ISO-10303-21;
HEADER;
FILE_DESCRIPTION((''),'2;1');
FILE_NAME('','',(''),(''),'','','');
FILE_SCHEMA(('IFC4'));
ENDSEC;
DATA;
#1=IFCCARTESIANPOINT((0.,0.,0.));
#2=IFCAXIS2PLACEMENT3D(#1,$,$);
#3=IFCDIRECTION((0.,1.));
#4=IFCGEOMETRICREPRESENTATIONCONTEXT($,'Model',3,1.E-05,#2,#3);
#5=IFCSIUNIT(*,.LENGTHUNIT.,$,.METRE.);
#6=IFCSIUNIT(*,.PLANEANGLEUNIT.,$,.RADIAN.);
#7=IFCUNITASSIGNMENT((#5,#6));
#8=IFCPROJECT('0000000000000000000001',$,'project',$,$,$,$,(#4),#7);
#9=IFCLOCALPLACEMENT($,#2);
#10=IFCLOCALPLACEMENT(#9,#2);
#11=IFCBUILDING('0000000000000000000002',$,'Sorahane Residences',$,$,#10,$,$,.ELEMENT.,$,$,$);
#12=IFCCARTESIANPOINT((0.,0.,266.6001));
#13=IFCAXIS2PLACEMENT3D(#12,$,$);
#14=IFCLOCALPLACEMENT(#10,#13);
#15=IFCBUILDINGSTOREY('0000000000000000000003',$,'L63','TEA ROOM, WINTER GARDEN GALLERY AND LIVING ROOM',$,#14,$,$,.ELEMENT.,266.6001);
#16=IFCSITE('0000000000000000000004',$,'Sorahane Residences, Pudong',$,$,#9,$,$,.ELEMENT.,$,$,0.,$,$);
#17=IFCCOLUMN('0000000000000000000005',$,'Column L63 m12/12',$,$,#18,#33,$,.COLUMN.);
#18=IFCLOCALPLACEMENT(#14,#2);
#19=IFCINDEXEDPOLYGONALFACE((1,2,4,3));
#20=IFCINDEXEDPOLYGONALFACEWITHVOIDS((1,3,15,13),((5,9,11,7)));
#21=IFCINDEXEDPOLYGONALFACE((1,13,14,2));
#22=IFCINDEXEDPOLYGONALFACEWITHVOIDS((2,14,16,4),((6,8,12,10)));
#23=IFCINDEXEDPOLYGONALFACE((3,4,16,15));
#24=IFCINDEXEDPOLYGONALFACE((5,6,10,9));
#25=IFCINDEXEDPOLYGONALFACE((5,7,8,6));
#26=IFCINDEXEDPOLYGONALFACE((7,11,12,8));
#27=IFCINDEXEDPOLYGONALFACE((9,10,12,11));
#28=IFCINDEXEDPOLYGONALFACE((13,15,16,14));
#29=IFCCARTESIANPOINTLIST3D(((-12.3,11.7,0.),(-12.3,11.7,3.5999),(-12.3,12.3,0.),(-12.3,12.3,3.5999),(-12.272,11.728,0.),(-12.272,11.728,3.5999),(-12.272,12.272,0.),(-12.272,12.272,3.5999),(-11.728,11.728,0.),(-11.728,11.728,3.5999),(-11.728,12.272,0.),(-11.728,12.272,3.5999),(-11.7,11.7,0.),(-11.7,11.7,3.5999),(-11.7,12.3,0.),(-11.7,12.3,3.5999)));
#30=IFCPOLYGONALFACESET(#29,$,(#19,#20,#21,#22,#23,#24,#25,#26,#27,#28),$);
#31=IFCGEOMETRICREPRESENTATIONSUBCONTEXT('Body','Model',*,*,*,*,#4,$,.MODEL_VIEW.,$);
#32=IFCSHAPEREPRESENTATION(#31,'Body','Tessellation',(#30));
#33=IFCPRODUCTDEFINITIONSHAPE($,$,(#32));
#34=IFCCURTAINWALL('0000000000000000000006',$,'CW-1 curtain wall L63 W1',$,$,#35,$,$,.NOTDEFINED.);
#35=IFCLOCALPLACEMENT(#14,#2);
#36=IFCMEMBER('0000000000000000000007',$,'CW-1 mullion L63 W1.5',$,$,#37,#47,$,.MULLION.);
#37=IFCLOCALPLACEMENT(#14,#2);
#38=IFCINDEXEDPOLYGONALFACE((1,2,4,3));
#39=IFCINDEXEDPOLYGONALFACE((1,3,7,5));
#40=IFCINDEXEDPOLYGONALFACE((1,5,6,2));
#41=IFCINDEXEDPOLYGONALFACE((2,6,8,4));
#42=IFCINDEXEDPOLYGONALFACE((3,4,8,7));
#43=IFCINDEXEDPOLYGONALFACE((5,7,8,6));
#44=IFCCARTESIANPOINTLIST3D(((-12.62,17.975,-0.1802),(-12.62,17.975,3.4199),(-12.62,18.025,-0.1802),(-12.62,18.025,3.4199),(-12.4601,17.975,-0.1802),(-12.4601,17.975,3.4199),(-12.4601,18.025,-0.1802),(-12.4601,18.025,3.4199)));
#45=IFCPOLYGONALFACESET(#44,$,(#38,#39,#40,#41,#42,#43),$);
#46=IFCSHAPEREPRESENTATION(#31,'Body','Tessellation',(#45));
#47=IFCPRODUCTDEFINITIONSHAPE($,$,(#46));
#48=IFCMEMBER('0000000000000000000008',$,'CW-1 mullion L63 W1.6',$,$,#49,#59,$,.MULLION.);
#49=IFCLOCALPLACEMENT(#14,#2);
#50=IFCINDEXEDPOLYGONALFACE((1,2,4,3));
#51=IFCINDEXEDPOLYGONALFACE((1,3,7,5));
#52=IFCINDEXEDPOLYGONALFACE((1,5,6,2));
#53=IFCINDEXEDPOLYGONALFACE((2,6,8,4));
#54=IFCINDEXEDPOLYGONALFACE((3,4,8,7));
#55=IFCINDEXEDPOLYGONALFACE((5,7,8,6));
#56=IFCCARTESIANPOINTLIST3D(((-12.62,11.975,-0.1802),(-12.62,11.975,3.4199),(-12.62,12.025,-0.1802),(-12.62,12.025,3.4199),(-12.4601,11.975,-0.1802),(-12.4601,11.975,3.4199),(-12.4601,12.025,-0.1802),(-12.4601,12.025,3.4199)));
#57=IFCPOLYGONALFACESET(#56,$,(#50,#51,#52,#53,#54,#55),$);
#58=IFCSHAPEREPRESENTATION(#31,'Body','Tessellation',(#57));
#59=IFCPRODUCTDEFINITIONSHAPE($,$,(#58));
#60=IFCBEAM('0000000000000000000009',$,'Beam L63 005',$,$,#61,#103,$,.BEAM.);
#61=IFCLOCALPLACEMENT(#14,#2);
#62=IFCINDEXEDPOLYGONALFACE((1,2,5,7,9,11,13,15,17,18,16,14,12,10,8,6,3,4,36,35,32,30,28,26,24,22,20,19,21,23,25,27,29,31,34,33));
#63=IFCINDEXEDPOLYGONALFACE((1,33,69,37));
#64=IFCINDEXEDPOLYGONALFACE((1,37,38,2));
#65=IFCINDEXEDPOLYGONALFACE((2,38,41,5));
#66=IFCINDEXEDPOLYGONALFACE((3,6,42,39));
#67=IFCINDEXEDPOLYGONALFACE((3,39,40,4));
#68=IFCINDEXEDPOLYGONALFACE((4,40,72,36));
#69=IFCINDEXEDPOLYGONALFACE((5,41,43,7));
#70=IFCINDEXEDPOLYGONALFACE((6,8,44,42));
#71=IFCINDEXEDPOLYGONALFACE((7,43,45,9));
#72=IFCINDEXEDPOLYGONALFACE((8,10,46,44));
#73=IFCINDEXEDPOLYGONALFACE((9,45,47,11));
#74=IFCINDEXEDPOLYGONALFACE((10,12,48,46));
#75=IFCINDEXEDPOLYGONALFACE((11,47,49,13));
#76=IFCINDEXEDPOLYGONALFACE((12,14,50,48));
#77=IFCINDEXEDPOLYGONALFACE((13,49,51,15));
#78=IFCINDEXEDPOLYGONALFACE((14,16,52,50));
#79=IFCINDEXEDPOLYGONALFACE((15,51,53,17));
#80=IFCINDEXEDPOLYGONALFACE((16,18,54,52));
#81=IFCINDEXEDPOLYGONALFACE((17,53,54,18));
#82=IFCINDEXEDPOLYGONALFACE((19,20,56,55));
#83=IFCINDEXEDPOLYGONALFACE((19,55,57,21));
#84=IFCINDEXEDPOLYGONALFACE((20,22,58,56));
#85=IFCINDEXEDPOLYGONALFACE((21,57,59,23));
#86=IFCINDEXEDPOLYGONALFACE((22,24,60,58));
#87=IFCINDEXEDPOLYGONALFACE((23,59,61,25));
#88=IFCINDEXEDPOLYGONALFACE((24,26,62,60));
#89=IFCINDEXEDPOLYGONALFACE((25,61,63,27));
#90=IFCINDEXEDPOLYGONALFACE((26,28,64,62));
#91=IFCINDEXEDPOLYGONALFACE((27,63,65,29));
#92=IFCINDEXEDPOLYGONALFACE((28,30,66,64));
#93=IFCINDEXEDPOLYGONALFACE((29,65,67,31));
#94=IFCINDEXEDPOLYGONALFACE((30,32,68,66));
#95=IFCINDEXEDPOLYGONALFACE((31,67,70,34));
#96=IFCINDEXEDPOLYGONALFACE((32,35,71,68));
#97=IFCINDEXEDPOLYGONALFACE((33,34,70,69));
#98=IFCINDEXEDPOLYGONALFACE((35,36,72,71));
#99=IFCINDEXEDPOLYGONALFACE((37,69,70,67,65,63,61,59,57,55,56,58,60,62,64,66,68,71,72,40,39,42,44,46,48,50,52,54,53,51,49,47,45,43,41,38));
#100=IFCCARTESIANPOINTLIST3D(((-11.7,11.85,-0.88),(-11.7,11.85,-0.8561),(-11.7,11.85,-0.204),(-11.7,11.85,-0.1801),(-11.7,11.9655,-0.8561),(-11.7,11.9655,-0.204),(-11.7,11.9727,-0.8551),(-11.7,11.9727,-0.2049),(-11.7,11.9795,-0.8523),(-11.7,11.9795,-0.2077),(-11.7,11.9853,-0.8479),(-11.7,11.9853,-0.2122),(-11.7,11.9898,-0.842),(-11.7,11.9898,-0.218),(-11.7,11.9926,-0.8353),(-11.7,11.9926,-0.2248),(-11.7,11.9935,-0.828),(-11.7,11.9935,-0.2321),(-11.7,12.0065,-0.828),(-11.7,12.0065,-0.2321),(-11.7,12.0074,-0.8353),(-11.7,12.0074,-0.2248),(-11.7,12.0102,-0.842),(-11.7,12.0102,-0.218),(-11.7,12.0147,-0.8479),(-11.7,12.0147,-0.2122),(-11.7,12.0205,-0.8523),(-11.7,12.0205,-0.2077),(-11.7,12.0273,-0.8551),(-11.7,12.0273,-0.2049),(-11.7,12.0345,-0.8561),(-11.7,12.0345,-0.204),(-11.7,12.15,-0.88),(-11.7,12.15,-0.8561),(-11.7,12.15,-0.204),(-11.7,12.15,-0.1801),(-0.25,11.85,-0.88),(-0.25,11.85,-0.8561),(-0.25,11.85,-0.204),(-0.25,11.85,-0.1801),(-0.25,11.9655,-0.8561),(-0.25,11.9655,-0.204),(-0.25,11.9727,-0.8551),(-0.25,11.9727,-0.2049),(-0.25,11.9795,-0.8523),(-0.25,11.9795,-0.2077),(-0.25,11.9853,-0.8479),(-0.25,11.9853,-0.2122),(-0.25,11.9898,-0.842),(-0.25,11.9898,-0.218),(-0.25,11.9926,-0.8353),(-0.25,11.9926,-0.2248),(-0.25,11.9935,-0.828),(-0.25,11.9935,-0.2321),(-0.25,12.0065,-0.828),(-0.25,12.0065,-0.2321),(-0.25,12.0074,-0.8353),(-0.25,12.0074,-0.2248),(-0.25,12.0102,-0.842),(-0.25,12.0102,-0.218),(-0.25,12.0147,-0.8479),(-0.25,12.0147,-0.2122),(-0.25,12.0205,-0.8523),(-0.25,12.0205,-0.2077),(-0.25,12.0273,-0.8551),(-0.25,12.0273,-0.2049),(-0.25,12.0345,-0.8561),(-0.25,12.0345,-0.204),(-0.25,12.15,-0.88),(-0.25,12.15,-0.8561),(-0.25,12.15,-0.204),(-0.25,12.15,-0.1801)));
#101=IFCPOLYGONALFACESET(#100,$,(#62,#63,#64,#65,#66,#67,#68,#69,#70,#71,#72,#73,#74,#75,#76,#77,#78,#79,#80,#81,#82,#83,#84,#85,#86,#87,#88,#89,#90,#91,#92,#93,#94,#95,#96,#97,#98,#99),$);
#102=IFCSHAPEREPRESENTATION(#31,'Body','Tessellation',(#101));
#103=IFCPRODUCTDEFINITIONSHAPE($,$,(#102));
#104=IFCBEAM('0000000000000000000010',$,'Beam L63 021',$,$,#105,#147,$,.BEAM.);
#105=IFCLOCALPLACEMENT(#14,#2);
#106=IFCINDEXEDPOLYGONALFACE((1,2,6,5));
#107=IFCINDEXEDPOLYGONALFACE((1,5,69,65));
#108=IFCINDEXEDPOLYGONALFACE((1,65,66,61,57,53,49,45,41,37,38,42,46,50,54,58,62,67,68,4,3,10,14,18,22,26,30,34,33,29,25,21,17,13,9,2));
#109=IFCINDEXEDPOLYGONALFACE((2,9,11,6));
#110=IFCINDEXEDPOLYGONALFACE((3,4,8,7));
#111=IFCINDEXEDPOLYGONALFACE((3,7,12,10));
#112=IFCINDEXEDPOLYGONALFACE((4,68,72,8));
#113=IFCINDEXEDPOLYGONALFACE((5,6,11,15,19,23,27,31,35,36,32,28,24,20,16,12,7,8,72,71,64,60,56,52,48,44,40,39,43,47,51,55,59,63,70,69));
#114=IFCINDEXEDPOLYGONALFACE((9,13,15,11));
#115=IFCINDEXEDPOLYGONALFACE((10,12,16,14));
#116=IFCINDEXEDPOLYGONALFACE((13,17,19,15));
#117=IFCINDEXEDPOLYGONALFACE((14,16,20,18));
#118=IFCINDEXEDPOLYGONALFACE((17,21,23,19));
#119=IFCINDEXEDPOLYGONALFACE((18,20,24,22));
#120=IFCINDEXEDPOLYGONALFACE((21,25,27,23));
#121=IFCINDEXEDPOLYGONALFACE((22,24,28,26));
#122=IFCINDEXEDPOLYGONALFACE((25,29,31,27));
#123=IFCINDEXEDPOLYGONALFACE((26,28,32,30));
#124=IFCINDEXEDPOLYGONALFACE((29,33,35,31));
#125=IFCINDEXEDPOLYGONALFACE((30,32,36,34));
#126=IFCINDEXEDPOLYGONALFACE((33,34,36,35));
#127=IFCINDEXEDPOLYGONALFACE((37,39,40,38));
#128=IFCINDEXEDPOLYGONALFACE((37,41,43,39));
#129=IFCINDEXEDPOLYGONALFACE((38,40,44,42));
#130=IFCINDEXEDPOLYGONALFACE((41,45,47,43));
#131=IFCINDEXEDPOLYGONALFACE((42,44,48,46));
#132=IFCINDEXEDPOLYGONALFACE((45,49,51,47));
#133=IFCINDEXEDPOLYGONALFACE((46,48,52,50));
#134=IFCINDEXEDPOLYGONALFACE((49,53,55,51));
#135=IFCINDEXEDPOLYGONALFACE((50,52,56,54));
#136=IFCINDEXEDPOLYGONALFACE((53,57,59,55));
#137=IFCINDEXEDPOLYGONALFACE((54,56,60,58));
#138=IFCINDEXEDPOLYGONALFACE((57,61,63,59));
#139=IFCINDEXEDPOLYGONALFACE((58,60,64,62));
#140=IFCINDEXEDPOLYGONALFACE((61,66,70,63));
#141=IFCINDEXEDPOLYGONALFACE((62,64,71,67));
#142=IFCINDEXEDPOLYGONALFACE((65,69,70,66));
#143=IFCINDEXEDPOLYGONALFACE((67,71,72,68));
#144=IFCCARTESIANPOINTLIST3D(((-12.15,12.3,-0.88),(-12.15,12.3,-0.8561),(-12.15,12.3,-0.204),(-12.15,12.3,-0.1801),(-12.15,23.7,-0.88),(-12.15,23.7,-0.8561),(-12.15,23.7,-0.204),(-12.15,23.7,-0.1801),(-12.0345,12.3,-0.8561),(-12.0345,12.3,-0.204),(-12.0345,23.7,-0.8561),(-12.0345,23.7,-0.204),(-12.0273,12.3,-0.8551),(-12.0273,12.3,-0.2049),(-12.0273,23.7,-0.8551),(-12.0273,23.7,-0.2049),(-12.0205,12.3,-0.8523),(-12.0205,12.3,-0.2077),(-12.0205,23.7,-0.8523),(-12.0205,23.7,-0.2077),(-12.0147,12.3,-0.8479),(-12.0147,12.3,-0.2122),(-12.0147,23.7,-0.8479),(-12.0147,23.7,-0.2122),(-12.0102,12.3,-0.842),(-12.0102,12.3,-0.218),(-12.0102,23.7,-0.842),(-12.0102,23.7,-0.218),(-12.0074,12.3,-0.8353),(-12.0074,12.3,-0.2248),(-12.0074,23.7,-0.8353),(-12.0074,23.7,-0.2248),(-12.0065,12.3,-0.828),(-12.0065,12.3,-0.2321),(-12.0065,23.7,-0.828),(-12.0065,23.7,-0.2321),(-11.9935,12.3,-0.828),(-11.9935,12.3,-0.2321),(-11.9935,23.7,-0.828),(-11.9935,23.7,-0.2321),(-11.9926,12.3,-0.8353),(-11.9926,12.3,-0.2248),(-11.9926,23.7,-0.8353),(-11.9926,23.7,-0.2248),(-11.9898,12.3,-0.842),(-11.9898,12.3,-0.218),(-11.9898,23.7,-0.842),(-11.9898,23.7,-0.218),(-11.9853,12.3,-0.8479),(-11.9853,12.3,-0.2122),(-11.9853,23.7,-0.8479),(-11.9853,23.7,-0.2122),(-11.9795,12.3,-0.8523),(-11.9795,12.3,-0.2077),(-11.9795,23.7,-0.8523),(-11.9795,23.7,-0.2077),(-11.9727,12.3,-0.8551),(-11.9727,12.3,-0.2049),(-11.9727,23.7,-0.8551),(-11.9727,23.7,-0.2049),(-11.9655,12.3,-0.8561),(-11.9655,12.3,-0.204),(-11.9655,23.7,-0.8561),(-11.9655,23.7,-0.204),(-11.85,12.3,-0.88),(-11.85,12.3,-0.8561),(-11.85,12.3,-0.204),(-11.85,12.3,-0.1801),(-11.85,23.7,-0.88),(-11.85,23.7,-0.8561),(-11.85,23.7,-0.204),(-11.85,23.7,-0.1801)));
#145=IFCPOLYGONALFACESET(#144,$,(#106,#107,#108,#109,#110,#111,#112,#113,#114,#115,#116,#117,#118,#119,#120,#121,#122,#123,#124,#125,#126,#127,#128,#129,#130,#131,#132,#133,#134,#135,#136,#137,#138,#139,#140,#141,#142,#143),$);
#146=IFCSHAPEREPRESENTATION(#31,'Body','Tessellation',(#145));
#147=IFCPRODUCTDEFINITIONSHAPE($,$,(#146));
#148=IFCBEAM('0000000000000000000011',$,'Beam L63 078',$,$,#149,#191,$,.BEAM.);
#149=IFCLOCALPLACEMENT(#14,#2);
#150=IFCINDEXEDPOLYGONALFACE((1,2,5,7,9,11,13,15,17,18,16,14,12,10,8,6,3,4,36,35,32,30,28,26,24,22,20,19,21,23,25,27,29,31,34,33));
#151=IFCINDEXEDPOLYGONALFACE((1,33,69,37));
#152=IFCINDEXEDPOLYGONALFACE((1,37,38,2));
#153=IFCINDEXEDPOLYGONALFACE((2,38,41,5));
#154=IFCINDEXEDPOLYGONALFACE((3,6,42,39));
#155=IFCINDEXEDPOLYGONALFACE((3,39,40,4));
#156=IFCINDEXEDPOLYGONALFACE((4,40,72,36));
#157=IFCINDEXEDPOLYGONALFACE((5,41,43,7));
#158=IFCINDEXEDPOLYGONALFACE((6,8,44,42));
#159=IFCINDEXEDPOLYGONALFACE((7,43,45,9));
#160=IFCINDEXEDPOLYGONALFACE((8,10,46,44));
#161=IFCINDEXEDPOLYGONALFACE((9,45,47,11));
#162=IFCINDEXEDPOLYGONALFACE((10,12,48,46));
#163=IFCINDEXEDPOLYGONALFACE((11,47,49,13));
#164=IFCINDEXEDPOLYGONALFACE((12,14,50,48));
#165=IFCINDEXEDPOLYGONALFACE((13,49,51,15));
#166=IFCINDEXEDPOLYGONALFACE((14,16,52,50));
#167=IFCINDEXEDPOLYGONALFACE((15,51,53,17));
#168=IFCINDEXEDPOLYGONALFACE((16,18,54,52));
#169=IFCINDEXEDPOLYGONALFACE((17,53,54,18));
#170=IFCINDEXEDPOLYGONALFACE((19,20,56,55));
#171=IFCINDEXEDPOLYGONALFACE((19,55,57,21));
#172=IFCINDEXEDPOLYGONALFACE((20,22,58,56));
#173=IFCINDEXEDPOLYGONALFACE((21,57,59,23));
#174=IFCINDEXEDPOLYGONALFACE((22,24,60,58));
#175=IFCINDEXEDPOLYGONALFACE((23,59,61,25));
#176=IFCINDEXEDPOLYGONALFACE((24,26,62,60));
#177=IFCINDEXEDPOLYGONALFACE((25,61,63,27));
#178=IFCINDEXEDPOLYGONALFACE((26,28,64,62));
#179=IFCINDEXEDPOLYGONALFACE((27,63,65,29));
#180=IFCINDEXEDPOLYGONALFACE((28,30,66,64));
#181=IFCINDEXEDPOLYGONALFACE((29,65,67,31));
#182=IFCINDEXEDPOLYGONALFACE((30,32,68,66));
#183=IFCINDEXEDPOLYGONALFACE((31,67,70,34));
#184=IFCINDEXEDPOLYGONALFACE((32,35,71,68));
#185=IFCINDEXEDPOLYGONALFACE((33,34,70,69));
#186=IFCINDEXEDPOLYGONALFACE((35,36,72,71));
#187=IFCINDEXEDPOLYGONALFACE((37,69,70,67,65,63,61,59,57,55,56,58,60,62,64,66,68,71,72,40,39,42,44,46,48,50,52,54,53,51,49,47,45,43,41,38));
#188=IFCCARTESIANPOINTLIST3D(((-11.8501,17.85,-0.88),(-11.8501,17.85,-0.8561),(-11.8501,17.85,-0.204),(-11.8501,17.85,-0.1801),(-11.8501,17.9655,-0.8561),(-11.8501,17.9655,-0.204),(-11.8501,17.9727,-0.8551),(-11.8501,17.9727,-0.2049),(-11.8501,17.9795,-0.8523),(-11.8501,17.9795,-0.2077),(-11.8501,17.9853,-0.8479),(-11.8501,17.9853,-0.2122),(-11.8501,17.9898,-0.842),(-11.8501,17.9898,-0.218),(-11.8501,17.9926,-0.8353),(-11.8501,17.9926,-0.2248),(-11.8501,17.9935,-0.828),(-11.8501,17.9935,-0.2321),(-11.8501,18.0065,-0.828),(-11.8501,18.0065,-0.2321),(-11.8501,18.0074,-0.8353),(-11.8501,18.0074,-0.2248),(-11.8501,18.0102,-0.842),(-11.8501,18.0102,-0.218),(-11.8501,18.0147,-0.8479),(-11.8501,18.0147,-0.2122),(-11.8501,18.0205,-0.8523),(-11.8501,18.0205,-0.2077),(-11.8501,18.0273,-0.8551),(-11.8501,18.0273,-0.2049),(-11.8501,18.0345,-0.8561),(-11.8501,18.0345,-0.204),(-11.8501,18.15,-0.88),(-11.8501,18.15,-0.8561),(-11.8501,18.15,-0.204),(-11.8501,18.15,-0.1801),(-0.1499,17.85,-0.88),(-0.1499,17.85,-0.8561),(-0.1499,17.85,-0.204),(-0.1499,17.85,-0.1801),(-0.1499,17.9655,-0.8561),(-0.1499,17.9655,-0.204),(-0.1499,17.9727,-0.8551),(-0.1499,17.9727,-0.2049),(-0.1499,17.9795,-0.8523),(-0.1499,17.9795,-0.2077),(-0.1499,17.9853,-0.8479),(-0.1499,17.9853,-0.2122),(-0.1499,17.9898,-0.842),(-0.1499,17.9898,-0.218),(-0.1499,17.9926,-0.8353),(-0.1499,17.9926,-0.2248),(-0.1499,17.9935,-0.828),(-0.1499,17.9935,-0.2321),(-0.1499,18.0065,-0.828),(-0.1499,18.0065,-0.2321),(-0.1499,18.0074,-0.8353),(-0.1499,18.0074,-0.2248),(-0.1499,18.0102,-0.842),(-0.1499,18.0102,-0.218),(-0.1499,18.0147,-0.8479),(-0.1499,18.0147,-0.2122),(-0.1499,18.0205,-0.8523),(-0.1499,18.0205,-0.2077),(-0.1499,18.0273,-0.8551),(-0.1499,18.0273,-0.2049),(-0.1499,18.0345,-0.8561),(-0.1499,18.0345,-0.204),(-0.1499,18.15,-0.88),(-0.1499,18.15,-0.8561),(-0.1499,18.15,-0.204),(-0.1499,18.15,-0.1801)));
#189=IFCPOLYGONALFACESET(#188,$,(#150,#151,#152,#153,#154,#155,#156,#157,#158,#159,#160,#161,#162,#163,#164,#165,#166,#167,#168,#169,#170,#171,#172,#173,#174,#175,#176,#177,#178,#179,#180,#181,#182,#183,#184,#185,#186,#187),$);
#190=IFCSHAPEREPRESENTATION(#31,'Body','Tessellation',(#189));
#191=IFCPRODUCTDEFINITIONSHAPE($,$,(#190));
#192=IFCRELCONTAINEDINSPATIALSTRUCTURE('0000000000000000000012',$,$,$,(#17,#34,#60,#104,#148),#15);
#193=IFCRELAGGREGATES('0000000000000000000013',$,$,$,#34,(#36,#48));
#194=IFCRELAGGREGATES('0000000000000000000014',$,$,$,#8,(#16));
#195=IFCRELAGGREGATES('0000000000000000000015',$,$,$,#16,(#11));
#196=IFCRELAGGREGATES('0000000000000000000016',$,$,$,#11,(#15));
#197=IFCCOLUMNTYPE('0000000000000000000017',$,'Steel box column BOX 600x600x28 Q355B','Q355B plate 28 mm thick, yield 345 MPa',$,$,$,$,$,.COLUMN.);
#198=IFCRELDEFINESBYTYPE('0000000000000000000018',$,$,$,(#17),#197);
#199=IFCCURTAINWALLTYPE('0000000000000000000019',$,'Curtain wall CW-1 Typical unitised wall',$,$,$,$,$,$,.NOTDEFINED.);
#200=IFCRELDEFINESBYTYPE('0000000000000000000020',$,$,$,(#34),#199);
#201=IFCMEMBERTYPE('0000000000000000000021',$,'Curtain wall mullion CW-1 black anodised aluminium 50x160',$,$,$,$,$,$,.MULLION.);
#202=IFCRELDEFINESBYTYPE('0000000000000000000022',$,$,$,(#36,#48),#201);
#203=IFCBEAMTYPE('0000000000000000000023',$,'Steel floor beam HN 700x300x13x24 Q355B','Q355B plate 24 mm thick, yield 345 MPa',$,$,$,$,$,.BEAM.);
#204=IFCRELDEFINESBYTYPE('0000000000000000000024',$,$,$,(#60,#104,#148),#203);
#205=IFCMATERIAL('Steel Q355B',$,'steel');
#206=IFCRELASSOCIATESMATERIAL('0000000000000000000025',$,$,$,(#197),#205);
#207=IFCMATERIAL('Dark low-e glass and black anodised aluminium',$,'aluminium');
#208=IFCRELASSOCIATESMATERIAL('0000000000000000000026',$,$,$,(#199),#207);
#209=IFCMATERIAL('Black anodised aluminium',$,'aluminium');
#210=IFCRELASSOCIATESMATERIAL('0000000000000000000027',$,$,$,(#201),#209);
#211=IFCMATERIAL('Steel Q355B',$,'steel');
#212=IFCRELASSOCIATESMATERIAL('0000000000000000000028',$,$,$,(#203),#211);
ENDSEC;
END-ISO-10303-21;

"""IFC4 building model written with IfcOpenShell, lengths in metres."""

from ifc_helpers import new_model, si_unit, direction, frame, origin, origin_2d, place, context, subcontext, project, spatial, rectangle, hollow_rectangle, i_section, extrude, material, material_profile, profile_set, type_object, element, aggregate, save


model = new_model("IFC4")

# Units and contexts
model_context = context("Model", 3, precision=1e-05, world=origin(), true_north=direction((0.0, 1.0)))
body_context = subcontext(model_context, "Body", "Model", "MODEL_VIEW")
ifc_project = project(units=[si_unit("LENGTHUNIT", "METRE"), si_unit("PLANEANGLEUNIT", "RADIAN")], contexts=[model_context])

# Site, building, storey
site_placement = place(None, origin())
site = spatial("IfcSite", under=ifc_project, at=site_placement, Name="Sorahane Residences, Pudong", CompositionType="ELEMENT", RefElevation=0.0)
building_placement = place(site_placement, origin())
building = spatial("IfcBuilding", under=site, at=building_placement, Name="Sorahane Residences", CompositionType="ELEMENT")
storey_placement = place(building_placement, frame((0.0, 0.0, 266.6001)))
storey = spatial("IfcBuildingStorey", under=building, at=storey_placement, Name="L63", Description="TEA ROOM, WINTER GARDEN GALLERY AND LIVING ROOM", CompositionType="ELEMENT", Elevation=266.6001)

# Column
ifc_material_1 = material(Name="Steel Q355B", Category="steel")
ifc_material_profile_1 = material_profile(ifc_material_1, hollow_rectangle(XDim=0.6001, YDim=0.6001, WallThickness=0.0281, at=origin_2d()), Name="BOX 600x600x28")
ifc_profile_set_1 = profile_set([ifc_material_profile_1], Name="Steel Q355B")
column_type = type_object("IfcColumnType", Name="Steel box column BOX 600x600x28 Q355B", Description="Q355B plate 28 mm thick, yield 345 MPa", PredefinedType="COLUMN", material=ifc_profile_set_1)
column_placement = place(storey_placement, frame((-12.0, 12.0, 0.0), z_axis=(0.0, 0.0, 1.0), x_axis=(1.0, 0.0, 0.0)))
element("IfcColumn", 1, at=column_placement, inside=storey, type_object=column_type, Name="Column L63 m12/12", PredefinedType="COLUMN", context=body_context, shape_type="SweptSolid", body=[
    extrude(hollow_rectangle(XDim=0.6001, YDim=0.6001, WallThickness=0.0281, at=origin_2d()), origin(), (0.0, 0.0, 1.0), 3.5999),
])

# Curtain wall, members
ifc_material_2 = material(Name="Dark low-e glass and black anodised aluminium", Category="aluminium")
curtain_wall_type = type_object("IfcCurtainWallType", Name="Curtain wall CW-1 Typical unitised wall", PredefinedType="NOTDEFINED", material=ifc_material_2)
curtain_wall_placement = place(storey_placement, origin())
curtain_wall = element("IfcCurtainWall", 2, at=curtain_wall_placement, inside=storey, type_object=curtain_wall_type, Name="CW-1 curtain wall L63 W1", PredefinedType="NOTDEFINED")
ifc_material_3 = material(Name="Black anodised aluminium", Category="aluminium")
ifc_material_profile_2 = material_profile(ifc_material_3, rectangle(XDim=0.1599, YDim=0.05, at=origin_2d()), Name="Curtain wall mullion CW-1 black anodised aluminium 50x160")
ifc_profile_set_2 = profile_set([ifc_material_profile_2], Name="Black anodised aluminium")
member_type = type_object("IfcMemberType", Name="Curtain wall mullion CW-1 black anodised aluminium 50x160", PredefinedType="MULLION", material=ifc_profile_set_2)
member_1_placement = place(storey_placement, frame((-12.54, 18.0, -0.1802), z_axis=(0.0, 0.0, 1.0), x_axis=(-1.0, 0.0, 0.0)))
member_1 = element("IfcMember", 3, at=member_1_placement, type_object=member_type, Name="CW-1 mullion L63 W1.5", PredefinedType="MULLION", context=body_context, shape_type="SweptSolid", body=[
    extrude(rectangle(XDim=0.1599, YDim=0.05, at=origin_2d()), origin(), (0.0, 0.0, 1.0), 3.6001),
])
member_2_placement = place(storey_placement, frame((-12.54, 12.0, -0.1802), z_axis=(0.0, 0.0, 1.0), x_axis=(-1.0, 0.0, 0.0)))
member_2 = element("IfcMember", 4, at=member_2_placement, type_object=member_type, Name="CW-1 mullion L63 W1.6", PredefinedType="MULLION", context=body_context, shape_type="SweptSolid", body=[
    extrude(rectangle(XDim=0.1599, YDim=0.05, at=origin_2d()), origin(), (0.0, 0.0, 1.0), 3.6001),
])

# Beams
ifc_material_4 = material(Name="Steel Q355B", Category="steel")
ifc_material_profile_3 = material_profile(ifc_material_4, i_section(OverallWidth=0.3, OverallDepth=0.7, WebThickness=0.0129, FlangeThickness=0.0239, FilletRadius=0.0281, at=origin_2d()), Name="HN 700x300x13x24")
ifc_profile_set_3 = profile_set([ifc_material_profile_3], Name="Steel Q355B")
beam_type = type_object("IfcBeamType", Name="Steel floor beam HN 700x300x13x24 Q355B", Description="Q355B plate 24 mm thick, yield 345 MPa", PredefinedType="BEAM", material=ifc_profile_set_3)
beam_1_placement = place(storey_placement, frame((-11.7, 12.0, -0.53), z_axis=(1.0, 0.0, 0.0), x_axis=(0.0, 1.0, 0.0)))
element("IfcBeam", 5, at=beam_1_placement, inside=storey, type_object=beam_type, Name="Beam L63 005", PredefinedType="BEAM", context=body_context, shape_type="SweptSolid", body=[
    extrude(i_section(OverallWidth=0.3, OverallDepth=0.7, WebThickness=0.0129, FlangeThickness=0.0239, FilletRadius=0.0281, at=origin_2d()), origin(), (0.0, 0.0, 1.0), 11.45),
])
beam_2_placement = place(storey_placement, frame((-12.0, 12.3, -0.53), z_axis=(0.0, 1.0, 0.0), x_axis=(-1.0, 0.0, 0.0)))
element("IfcBeam", 6, at=beam_2_placement, inside=storey, type_object=beam_type, Name="Beam L63 021", PredefinedType="BEAM", context=body_context, shape_type="SweptSolid", body=[
    extrude(i_section(OverallWidth=0.3, OverallDepth=0.7, WebThickness=0.0129, FlangeThickness=0.0239, FilletRadius=0.0281, at=origin_2d()), origin(), (0.0, 0.0, 1.0), 11.3999),
])
beam_3_placement = place(storey_placement, frame((-11.8501, 18.0, -0.53), z_axis=(1.0, 0.0, 0.0), x_axis=(0.0, 1.0, 0.0)))
element("IfcBeam", 7, at=beam_3_placement, inside=storey, type_object=beam_type, Name="Beam L63 078", PredefinedType="BEAM", context=body_context, shape_type="SweptSolid", body=[
    extrude(i_section(OverallWidth=0.3, OverallDepth=0.7, WebThickness=0.0129, FlangeThickness=0.0239, FilletRadius=0.0281, at=origin_2d()), origin(), (0.0, 0.0, 1.0), 11.7002),
])

aggregate(curtain_wall, [member_1, member_2])

save(model, "model.ifc")
